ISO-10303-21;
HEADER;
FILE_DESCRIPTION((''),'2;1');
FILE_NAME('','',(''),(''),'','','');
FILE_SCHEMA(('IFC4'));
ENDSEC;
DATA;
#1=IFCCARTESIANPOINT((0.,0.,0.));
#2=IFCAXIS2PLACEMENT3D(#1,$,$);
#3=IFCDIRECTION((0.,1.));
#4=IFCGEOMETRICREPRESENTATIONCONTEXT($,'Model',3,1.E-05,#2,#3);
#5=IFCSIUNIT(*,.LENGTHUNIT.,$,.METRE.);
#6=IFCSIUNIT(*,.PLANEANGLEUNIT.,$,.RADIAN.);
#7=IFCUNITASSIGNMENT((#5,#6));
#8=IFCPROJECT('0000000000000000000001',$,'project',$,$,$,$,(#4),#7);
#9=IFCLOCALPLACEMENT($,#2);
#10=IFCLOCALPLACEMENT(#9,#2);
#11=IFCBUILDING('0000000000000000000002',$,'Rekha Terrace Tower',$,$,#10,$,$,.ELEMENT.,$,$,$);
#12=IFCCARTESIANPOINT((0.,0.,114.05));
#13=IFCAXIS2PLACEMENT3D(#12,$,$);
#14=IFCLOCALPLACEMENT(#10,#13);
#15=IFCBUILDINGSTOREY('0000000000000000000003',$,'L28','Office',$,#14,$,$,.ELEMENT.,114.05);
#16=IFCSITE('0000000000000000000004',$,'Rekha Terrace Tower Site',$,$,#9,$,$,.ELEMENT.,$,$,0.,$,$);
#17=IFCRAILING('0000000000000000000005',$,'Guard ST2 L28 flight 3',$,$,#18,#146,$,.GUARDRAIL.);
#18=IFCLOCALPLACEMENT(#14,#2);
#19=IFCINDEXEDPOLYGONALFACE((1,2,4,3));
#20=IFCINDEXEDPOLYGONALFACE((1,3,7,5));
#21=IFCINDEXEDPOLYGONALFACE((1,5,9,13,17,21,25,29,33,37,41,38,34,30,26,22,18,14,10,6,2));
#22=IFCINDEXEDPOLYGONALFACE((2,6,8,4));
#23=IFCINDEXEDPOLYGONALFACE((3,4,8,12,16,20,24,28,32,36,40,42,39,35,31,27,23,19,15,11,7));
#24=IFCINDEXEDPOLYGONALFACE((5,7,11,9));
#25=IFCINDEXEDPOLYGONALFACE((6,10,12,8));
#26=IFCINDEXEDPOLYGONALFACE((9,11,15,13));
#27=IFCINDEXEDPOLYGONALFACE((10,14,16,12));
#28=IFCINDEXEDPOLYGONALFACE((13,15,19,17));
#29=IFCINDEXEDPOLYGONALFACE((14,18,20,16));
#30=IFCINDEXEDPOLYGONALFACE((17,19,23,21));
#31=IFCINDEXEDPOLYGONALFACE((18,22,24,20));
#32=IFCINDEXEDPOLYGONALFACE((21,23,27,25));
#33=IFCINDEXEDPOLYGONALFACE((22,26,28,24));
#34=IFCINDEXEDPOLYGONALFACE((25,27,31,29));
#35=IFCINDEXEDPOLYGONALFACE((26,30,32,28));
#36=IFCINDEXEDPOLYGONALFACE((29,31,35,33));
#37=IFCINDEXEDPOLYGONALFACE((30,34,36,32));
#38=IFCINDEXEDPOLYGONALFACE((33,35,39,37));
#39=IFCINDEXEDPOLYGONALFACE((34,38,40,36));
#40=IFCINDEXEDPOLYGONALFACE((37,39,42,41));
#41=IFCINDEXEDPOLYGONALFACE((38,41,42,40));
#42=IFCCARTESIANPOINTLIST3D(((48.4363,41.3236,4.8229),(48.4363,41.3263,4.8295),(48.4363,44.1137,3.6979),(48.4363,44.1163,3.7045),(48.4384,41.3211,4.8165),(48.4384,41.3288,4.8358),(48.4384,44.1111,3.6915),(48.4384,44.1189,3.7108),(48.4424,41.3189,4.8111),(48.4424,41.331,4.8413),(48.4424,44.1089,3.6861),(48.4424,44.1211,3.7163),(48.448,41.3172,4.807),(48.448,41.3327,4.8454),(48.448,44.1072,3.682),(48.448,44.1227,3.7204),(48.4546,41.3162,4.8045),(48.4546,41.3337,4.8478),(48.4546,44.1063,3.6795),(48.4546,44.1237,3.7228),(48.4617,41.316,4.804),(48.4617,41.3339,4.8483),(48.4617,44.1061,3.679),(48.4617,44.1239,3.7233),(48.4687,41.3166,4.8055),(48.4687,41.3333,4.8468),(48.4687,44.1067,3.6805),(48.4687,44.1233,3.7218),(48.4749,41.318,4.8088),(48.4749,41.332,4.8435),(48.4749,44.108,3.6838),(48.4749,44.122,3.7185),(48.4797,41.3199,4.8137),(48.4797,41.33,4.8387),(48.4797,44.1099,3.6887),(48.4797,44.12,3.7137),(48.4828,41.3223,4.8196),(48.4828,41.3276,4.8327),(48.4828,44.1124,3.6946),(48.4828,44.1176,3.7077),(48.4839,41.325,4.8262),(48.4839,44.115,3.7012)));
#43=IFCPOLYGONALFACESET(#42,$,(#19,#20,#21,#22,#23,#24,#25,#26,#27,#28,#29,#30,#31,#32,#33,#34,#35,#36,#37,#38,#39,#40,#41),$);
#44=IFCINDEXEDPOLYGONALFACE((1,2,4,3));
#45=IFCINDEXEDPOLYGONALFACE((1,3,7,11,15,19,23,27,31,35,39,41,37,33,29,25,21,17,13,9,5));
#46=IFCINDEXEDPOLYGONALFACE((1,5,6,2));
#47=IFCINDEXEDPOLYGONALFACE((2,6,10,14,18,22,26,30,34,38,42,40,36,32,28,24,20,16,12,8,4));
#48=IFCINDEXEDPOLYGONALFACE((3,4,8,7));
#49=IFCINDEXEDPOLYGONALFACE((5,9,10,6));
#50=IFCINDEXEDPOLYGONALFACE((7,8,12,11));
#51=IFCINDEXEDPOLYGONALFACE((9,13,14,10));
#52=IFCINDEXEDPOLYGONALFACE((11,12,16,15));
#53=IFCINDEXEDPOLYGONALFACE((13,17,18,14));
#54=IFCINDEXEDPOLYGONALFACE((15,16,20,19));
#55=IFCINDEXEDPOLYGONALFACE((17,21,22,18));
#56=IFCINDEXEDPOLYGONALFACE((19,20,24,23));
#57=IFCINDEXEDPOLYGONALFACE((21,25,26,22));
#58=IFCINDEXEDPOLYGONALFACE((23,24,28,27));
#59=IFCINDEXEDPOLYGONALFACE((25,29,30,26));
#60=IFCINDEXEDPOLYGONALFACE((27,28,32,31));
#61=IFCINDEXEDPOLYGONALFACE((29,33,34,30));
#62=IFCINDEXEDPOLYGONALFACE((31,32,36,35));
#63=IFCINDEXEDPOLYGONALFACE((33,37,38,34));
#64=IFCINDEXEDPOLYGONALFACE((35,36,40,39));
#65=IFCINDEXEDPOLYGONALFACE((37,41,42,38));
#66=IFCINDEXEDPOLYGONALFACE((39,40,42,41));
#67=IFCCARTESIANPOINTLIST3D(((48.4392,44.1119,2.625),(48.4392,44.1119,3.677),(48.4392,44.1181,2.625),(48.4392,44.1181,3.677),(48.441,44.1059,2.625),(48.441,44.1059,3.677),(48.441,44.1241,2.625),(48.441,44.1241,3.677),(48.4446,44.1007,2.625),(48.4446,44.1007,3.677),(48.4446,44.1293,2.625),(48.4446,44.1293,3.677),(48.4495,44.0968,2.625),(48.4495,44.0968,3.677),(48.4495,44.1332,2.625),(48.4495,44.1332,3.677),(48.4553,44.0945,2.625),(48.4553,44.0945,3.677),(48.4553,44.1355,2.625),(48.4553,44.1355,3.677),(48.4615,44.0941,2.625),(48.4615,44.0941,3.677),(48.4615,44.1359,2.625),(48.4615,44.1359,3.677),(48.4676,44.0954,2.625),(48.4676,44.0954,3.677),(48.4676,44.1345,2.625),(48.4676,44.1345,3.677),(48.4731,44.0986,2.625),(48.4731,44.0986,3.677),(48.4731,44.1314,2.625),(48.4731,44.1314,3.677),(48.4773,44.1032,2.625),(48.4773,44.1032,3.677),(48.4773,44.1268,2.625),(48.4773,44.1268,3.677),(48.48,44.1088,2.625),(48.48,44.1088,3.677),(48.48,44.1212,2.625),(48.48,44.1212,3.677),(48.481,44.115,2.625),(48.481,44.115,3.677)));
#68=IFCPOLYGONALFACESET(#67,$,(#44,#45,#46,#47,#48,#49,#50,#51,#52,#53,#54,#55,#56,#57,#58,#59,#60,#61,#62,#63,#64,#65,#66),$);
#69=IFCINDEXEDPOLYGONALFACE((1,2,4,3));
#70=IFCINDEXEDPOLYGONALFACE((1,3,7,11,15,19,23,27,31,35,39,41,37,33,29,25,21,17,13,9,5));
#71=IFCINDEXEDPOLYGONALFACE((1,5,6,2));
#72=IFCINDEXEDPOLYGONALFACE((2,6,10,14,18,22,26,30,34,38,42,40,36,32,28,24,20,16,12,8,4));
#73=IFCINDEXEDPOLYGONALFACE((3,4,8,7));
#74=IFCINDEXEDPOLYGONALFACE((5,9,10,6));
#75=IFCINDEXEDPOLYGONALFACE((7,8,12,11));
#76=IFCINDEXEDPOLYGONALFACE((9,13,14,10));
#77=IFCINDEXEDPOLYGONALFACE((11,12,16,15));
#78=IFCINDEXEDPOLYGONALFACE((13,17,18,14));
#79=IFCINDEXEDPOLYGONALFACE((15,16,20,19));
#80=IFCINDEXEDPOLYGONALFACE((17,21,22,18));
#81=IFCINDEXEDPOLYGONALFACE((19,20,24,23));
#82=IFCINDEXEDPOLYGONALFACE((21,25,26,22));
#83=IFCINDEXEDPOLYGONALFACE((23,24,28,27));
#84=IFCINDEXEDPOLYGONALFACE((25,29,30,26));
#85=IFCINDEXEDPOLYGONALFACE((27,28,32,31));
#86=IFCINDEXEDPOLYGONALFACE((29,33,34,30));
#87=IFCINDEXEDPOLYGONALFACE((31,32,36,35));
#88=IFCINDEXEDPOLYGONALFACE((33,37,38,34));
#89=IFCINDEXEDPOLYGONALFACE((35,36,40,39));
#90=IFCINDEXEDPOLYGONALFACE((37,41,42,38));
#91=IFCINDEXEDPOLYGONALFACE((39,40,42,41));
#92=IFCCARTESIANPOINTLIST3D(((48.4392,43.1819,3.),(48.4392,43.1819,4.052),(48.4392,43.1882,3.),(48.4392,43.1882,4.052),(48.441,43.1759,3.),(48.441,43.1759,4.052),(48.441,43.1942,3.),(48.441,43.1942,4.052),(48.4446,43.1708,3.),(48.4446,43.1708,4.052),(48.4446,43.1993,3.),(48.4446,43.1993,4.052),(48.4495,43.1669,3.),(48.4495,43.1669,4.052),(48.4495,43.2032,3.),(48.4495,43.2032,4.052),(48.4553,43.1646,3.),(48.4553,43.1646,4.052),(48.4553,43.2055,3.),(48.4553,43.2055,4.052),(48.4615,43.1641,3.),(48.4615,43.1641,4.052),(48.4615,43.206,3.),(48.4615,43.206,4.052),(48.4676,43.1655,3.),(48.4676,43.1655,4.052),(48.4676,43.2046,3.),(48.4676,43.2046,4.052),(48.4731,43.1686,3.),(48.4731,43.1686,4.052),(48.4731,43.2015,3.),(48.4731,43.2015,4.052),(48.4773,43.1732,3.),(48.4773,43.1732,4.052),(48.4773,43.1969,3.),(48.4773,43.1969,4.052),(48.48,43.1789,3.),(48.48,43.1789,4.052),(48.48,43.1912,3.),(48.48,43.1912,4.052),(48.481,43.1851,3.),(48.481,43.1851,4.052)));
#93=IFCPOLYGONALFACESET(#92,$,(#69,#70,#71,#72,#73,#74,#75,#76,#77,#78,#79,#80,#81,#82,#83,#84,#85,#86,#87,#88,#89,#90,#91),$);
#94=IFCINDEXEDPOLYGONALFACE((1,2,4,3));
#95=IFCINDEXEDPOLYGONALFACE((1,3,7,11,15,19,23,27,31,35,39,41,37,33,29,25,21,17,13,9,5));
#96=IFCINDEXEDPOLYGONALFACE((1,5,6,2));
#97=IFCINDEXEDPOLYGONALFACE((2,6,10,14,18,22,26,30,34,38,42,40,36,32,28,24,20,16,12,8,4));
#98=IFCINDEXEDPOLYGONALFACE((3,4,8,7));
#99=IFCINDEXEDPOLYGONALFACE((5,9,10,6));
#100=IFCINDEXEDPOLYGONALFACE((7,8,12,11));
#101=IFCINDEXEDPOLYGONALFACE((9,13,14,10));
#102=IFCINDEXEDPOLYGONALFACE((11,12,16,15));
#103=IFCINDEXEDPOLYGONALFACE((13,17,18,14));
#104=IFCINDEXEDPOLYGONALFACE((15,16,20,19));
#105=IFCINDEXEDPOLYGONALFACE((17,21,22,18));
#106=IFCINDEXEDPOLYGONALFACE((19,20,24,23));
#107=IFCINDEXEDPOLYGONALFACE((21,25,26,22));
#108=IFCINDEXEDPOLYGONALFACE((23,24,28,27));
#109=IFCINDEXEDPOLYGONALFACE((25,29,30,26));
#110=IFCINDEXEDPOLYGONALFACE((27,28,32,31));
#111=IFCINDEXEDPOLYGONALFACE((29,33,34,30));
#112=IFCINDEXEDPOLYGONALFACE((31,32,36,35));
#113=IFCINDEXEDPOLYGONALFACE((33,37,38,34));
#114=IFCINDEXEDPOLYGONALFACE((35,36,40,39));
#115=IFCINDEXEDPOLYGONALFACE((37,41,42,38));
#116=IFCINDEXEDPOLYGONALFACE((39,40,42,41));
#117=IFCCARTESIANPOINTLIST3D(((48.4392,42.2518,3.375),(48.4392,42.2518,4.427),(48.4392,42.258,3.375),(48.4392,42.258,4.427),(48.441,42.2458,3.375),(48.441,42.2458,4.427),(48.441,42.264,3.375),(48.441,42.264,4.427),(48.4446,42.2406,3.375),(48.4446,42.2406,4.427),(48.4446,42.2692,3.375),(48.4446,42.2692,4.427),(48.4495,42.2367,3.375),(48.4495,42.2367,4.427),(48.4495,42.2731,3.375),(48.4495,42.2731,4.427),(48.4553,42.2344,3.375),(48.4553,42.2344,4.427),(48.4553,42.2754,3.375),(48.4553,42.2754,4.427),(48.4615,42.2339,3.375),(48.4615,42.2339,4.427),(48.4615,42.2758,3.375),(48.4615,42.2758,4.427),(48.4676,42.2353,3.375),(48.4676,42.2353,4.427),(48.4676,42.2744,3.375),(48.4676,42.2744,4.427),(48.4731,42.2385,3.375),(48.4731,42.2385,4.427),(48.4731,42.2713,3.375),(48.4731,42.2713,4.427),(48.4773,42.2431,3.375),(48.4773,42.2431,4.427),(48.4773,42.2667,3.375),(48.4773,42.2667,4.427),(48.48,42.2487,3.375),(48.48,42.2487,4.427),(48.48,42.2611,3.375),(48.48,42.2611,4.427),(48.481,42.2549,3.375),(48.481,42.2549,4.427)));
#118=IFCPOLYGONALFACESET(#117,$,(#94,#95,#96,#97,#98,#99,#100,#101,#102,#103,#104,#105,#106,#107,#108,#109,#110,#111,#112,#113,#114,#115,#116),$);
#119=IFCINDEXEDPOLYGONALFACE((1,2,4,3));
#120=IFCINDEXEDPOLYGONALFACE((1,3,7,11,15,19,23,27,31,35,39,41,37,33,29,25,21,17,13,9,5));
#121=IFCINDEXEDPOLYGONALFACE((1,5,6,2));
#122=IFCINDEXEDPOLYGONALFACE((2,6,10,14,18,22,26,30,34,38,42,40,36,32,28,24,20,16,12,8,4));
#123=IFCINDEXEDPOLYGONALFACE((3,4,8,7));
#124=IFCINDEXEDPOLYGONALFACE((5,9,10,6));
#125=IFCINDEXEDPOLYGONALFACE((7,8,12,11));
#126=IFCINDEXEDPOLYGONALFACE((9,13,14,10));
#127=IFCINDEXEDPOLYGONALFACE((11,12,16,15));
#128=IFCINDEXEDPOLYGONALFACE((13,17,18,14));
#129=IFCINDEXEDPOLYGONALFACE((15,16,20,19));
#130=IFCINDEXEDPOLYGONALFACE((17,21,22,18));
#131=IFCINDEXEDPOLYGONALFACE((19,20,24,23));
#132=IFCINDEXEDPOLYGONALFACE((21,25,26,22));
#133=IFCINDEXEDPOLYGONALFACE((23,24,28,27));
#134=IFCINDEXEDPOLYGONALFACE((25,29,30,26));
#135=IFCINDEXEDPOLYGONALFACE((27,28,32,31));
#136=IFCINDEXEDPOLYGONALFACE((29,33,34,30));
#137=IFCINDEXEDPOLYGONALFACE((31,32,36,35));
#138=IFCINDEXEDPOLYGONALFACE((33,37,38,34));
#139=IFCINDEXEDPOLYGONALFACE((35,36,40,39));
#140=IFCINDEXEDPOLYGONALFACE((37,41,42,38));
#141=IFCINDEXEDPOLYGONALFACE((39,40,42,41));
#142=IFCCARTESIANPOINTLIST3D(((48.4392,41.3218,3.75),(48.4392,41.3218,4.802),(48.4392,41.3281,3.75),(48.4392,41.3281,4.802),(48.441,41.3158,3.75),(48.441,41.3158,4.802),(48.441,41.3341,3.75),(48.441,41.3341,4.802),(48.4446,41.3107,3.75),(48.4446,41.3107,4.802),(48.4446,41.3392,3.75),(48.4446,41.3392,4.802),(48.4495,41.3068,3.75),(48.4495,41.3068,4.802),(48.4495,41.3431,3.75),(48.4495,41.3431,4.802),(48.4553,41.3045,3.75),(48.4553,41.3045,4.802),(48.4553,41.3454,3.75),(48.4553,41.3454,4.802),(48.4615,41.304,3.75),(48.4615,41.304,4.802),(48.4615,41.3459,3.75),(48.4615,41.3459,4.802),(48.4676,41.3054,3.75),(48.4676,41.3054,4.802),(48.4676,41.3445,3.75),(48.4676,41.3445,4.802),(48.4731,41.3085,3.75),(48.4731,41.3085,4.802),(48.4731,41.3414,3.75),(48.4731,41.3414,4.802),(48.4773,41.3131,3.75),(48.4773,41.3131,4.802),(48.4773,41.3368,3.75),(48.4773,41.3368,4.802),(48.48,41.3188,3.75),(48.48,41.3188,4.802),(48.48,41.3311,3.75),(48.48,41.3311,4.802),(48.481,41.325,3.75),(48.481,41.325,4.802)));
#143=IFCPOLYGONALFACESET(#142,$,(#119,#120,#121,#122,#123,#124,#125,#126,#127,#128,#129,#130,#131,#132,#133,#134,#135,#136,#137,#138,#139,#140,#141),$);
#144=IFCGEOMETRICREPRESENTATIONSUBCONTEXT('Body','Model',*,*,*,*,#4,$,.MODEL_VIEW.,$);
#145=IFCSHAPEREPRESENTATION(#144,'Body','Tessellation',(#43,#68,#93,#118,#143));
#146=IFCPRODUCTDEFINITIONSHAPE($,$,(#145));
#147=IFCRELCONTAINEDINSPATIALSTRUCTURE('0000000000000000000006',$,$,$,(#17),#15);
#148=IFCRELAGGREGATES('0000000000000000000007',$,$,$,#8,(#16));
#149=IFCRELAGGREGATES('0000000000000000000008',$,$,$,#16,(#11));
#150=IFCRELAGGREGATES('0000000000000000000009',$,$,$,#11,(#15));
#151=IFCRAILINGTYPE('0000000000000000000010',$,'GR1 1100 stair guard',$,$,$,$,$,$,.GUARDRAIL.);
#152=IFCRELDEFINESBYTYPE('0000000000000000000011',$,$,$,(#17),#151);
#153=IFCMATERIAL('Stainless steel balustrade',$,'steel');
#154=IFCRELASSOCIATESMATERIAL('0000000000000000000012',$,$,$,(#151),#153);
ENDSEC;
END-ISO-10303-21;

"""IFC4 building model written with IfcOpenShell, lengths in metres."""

from ifc_helpers import new_model, si_unit, direction, frame, origin, origin_2d, place, context, subcontext, project, spatial, circle, extrude, material, type_object, element, save


model = new_model("IFC4")

# Units and contexts
model_context = context("Model", 3, precision=1e-05, world=origin(), true_north=direction((0.0, 1.0)))
body_context = subcontext(model_context, "Body", "Model", "MODEL_VIEW")
ifc_project = project(units=[si_unit("LENGTHUNIT", "METRE"), si_unit("PLANEANGLEUNIT", "RADIAN")], contexts=[model_context])

# Site, building, storey
site_placement = place(None, origin())
site = spatial("IfcSite", under=ifc_project, at=site_placement, Name="Rekha Terrace Tower Site", CompositionType="ELEMENT", RefElevation=0.0)
building_placement = place(site_placement, origin())
building = spatial("IfcBuilding", under=site, at=building_placement, Name="Rekha Terrace Tower", CompositionType="ELEMENT")
storey_placement = place(building_placement, frame((0.0, 0.0, 114.05)))
storey = spatial("IfcBuildingStorey", under=building, at=storey_placement, Name="L28", Description="Office", CompositionType="ELEMENT", Elevation=114.05)

# Railing
ifc_material_1 = material(Name="Stainless steel balustrade", Category="steel")
railing_type_1 = type_object("IfcRailingType", Name="GR1 1100 stair guard", PredefinedType="GUARDRAIL", material=ifc_material_1)
railing_1_placement = place(storey_placement, frame((48.46, 44.115, 2.625)))
element("IfcRailing", 1, at=railing_1_placement, inside=storey, type_object=railing_type_1, Name="Guard ST2 L28 flight 3", PredefinedType="GUARDRAIL", context=body_context, shape_type="SweptSolid", body=[
    extrude(circle(Radius=0.0239, at=origin_2d()), frame((0.0, 0.0, 1.0762), z_axis=(0.0, -0.927443, 0.373964), x_axis=(1.0, 0.0, 0.0)), (0.0, 0.0, 1.0), 3.0083),
    extrude(circle(Radius=0.021, at=origin_2d()), origin(), (0.0, 0.0, 1.0), 1.052),
    extrude(circle(Radius=0.021, at=origin_2d()), frame((0.0, -0.9299, 0.375)), (0.0, 0.0, 1.0), 1.052),
    extrude(circle(Radius=0.021, at=origin_2d()), frame((0.0, -1.8601, 0.75)), (0.0, 0.0, 1.0), 1.052),
    extrude(circle(Radius=0.021, at=origin_2d()), frame((0.0, -2.79, 1.125)), (0.0, 0.0, 1.0), 1.052),
])

save(model, "model.ifc")
